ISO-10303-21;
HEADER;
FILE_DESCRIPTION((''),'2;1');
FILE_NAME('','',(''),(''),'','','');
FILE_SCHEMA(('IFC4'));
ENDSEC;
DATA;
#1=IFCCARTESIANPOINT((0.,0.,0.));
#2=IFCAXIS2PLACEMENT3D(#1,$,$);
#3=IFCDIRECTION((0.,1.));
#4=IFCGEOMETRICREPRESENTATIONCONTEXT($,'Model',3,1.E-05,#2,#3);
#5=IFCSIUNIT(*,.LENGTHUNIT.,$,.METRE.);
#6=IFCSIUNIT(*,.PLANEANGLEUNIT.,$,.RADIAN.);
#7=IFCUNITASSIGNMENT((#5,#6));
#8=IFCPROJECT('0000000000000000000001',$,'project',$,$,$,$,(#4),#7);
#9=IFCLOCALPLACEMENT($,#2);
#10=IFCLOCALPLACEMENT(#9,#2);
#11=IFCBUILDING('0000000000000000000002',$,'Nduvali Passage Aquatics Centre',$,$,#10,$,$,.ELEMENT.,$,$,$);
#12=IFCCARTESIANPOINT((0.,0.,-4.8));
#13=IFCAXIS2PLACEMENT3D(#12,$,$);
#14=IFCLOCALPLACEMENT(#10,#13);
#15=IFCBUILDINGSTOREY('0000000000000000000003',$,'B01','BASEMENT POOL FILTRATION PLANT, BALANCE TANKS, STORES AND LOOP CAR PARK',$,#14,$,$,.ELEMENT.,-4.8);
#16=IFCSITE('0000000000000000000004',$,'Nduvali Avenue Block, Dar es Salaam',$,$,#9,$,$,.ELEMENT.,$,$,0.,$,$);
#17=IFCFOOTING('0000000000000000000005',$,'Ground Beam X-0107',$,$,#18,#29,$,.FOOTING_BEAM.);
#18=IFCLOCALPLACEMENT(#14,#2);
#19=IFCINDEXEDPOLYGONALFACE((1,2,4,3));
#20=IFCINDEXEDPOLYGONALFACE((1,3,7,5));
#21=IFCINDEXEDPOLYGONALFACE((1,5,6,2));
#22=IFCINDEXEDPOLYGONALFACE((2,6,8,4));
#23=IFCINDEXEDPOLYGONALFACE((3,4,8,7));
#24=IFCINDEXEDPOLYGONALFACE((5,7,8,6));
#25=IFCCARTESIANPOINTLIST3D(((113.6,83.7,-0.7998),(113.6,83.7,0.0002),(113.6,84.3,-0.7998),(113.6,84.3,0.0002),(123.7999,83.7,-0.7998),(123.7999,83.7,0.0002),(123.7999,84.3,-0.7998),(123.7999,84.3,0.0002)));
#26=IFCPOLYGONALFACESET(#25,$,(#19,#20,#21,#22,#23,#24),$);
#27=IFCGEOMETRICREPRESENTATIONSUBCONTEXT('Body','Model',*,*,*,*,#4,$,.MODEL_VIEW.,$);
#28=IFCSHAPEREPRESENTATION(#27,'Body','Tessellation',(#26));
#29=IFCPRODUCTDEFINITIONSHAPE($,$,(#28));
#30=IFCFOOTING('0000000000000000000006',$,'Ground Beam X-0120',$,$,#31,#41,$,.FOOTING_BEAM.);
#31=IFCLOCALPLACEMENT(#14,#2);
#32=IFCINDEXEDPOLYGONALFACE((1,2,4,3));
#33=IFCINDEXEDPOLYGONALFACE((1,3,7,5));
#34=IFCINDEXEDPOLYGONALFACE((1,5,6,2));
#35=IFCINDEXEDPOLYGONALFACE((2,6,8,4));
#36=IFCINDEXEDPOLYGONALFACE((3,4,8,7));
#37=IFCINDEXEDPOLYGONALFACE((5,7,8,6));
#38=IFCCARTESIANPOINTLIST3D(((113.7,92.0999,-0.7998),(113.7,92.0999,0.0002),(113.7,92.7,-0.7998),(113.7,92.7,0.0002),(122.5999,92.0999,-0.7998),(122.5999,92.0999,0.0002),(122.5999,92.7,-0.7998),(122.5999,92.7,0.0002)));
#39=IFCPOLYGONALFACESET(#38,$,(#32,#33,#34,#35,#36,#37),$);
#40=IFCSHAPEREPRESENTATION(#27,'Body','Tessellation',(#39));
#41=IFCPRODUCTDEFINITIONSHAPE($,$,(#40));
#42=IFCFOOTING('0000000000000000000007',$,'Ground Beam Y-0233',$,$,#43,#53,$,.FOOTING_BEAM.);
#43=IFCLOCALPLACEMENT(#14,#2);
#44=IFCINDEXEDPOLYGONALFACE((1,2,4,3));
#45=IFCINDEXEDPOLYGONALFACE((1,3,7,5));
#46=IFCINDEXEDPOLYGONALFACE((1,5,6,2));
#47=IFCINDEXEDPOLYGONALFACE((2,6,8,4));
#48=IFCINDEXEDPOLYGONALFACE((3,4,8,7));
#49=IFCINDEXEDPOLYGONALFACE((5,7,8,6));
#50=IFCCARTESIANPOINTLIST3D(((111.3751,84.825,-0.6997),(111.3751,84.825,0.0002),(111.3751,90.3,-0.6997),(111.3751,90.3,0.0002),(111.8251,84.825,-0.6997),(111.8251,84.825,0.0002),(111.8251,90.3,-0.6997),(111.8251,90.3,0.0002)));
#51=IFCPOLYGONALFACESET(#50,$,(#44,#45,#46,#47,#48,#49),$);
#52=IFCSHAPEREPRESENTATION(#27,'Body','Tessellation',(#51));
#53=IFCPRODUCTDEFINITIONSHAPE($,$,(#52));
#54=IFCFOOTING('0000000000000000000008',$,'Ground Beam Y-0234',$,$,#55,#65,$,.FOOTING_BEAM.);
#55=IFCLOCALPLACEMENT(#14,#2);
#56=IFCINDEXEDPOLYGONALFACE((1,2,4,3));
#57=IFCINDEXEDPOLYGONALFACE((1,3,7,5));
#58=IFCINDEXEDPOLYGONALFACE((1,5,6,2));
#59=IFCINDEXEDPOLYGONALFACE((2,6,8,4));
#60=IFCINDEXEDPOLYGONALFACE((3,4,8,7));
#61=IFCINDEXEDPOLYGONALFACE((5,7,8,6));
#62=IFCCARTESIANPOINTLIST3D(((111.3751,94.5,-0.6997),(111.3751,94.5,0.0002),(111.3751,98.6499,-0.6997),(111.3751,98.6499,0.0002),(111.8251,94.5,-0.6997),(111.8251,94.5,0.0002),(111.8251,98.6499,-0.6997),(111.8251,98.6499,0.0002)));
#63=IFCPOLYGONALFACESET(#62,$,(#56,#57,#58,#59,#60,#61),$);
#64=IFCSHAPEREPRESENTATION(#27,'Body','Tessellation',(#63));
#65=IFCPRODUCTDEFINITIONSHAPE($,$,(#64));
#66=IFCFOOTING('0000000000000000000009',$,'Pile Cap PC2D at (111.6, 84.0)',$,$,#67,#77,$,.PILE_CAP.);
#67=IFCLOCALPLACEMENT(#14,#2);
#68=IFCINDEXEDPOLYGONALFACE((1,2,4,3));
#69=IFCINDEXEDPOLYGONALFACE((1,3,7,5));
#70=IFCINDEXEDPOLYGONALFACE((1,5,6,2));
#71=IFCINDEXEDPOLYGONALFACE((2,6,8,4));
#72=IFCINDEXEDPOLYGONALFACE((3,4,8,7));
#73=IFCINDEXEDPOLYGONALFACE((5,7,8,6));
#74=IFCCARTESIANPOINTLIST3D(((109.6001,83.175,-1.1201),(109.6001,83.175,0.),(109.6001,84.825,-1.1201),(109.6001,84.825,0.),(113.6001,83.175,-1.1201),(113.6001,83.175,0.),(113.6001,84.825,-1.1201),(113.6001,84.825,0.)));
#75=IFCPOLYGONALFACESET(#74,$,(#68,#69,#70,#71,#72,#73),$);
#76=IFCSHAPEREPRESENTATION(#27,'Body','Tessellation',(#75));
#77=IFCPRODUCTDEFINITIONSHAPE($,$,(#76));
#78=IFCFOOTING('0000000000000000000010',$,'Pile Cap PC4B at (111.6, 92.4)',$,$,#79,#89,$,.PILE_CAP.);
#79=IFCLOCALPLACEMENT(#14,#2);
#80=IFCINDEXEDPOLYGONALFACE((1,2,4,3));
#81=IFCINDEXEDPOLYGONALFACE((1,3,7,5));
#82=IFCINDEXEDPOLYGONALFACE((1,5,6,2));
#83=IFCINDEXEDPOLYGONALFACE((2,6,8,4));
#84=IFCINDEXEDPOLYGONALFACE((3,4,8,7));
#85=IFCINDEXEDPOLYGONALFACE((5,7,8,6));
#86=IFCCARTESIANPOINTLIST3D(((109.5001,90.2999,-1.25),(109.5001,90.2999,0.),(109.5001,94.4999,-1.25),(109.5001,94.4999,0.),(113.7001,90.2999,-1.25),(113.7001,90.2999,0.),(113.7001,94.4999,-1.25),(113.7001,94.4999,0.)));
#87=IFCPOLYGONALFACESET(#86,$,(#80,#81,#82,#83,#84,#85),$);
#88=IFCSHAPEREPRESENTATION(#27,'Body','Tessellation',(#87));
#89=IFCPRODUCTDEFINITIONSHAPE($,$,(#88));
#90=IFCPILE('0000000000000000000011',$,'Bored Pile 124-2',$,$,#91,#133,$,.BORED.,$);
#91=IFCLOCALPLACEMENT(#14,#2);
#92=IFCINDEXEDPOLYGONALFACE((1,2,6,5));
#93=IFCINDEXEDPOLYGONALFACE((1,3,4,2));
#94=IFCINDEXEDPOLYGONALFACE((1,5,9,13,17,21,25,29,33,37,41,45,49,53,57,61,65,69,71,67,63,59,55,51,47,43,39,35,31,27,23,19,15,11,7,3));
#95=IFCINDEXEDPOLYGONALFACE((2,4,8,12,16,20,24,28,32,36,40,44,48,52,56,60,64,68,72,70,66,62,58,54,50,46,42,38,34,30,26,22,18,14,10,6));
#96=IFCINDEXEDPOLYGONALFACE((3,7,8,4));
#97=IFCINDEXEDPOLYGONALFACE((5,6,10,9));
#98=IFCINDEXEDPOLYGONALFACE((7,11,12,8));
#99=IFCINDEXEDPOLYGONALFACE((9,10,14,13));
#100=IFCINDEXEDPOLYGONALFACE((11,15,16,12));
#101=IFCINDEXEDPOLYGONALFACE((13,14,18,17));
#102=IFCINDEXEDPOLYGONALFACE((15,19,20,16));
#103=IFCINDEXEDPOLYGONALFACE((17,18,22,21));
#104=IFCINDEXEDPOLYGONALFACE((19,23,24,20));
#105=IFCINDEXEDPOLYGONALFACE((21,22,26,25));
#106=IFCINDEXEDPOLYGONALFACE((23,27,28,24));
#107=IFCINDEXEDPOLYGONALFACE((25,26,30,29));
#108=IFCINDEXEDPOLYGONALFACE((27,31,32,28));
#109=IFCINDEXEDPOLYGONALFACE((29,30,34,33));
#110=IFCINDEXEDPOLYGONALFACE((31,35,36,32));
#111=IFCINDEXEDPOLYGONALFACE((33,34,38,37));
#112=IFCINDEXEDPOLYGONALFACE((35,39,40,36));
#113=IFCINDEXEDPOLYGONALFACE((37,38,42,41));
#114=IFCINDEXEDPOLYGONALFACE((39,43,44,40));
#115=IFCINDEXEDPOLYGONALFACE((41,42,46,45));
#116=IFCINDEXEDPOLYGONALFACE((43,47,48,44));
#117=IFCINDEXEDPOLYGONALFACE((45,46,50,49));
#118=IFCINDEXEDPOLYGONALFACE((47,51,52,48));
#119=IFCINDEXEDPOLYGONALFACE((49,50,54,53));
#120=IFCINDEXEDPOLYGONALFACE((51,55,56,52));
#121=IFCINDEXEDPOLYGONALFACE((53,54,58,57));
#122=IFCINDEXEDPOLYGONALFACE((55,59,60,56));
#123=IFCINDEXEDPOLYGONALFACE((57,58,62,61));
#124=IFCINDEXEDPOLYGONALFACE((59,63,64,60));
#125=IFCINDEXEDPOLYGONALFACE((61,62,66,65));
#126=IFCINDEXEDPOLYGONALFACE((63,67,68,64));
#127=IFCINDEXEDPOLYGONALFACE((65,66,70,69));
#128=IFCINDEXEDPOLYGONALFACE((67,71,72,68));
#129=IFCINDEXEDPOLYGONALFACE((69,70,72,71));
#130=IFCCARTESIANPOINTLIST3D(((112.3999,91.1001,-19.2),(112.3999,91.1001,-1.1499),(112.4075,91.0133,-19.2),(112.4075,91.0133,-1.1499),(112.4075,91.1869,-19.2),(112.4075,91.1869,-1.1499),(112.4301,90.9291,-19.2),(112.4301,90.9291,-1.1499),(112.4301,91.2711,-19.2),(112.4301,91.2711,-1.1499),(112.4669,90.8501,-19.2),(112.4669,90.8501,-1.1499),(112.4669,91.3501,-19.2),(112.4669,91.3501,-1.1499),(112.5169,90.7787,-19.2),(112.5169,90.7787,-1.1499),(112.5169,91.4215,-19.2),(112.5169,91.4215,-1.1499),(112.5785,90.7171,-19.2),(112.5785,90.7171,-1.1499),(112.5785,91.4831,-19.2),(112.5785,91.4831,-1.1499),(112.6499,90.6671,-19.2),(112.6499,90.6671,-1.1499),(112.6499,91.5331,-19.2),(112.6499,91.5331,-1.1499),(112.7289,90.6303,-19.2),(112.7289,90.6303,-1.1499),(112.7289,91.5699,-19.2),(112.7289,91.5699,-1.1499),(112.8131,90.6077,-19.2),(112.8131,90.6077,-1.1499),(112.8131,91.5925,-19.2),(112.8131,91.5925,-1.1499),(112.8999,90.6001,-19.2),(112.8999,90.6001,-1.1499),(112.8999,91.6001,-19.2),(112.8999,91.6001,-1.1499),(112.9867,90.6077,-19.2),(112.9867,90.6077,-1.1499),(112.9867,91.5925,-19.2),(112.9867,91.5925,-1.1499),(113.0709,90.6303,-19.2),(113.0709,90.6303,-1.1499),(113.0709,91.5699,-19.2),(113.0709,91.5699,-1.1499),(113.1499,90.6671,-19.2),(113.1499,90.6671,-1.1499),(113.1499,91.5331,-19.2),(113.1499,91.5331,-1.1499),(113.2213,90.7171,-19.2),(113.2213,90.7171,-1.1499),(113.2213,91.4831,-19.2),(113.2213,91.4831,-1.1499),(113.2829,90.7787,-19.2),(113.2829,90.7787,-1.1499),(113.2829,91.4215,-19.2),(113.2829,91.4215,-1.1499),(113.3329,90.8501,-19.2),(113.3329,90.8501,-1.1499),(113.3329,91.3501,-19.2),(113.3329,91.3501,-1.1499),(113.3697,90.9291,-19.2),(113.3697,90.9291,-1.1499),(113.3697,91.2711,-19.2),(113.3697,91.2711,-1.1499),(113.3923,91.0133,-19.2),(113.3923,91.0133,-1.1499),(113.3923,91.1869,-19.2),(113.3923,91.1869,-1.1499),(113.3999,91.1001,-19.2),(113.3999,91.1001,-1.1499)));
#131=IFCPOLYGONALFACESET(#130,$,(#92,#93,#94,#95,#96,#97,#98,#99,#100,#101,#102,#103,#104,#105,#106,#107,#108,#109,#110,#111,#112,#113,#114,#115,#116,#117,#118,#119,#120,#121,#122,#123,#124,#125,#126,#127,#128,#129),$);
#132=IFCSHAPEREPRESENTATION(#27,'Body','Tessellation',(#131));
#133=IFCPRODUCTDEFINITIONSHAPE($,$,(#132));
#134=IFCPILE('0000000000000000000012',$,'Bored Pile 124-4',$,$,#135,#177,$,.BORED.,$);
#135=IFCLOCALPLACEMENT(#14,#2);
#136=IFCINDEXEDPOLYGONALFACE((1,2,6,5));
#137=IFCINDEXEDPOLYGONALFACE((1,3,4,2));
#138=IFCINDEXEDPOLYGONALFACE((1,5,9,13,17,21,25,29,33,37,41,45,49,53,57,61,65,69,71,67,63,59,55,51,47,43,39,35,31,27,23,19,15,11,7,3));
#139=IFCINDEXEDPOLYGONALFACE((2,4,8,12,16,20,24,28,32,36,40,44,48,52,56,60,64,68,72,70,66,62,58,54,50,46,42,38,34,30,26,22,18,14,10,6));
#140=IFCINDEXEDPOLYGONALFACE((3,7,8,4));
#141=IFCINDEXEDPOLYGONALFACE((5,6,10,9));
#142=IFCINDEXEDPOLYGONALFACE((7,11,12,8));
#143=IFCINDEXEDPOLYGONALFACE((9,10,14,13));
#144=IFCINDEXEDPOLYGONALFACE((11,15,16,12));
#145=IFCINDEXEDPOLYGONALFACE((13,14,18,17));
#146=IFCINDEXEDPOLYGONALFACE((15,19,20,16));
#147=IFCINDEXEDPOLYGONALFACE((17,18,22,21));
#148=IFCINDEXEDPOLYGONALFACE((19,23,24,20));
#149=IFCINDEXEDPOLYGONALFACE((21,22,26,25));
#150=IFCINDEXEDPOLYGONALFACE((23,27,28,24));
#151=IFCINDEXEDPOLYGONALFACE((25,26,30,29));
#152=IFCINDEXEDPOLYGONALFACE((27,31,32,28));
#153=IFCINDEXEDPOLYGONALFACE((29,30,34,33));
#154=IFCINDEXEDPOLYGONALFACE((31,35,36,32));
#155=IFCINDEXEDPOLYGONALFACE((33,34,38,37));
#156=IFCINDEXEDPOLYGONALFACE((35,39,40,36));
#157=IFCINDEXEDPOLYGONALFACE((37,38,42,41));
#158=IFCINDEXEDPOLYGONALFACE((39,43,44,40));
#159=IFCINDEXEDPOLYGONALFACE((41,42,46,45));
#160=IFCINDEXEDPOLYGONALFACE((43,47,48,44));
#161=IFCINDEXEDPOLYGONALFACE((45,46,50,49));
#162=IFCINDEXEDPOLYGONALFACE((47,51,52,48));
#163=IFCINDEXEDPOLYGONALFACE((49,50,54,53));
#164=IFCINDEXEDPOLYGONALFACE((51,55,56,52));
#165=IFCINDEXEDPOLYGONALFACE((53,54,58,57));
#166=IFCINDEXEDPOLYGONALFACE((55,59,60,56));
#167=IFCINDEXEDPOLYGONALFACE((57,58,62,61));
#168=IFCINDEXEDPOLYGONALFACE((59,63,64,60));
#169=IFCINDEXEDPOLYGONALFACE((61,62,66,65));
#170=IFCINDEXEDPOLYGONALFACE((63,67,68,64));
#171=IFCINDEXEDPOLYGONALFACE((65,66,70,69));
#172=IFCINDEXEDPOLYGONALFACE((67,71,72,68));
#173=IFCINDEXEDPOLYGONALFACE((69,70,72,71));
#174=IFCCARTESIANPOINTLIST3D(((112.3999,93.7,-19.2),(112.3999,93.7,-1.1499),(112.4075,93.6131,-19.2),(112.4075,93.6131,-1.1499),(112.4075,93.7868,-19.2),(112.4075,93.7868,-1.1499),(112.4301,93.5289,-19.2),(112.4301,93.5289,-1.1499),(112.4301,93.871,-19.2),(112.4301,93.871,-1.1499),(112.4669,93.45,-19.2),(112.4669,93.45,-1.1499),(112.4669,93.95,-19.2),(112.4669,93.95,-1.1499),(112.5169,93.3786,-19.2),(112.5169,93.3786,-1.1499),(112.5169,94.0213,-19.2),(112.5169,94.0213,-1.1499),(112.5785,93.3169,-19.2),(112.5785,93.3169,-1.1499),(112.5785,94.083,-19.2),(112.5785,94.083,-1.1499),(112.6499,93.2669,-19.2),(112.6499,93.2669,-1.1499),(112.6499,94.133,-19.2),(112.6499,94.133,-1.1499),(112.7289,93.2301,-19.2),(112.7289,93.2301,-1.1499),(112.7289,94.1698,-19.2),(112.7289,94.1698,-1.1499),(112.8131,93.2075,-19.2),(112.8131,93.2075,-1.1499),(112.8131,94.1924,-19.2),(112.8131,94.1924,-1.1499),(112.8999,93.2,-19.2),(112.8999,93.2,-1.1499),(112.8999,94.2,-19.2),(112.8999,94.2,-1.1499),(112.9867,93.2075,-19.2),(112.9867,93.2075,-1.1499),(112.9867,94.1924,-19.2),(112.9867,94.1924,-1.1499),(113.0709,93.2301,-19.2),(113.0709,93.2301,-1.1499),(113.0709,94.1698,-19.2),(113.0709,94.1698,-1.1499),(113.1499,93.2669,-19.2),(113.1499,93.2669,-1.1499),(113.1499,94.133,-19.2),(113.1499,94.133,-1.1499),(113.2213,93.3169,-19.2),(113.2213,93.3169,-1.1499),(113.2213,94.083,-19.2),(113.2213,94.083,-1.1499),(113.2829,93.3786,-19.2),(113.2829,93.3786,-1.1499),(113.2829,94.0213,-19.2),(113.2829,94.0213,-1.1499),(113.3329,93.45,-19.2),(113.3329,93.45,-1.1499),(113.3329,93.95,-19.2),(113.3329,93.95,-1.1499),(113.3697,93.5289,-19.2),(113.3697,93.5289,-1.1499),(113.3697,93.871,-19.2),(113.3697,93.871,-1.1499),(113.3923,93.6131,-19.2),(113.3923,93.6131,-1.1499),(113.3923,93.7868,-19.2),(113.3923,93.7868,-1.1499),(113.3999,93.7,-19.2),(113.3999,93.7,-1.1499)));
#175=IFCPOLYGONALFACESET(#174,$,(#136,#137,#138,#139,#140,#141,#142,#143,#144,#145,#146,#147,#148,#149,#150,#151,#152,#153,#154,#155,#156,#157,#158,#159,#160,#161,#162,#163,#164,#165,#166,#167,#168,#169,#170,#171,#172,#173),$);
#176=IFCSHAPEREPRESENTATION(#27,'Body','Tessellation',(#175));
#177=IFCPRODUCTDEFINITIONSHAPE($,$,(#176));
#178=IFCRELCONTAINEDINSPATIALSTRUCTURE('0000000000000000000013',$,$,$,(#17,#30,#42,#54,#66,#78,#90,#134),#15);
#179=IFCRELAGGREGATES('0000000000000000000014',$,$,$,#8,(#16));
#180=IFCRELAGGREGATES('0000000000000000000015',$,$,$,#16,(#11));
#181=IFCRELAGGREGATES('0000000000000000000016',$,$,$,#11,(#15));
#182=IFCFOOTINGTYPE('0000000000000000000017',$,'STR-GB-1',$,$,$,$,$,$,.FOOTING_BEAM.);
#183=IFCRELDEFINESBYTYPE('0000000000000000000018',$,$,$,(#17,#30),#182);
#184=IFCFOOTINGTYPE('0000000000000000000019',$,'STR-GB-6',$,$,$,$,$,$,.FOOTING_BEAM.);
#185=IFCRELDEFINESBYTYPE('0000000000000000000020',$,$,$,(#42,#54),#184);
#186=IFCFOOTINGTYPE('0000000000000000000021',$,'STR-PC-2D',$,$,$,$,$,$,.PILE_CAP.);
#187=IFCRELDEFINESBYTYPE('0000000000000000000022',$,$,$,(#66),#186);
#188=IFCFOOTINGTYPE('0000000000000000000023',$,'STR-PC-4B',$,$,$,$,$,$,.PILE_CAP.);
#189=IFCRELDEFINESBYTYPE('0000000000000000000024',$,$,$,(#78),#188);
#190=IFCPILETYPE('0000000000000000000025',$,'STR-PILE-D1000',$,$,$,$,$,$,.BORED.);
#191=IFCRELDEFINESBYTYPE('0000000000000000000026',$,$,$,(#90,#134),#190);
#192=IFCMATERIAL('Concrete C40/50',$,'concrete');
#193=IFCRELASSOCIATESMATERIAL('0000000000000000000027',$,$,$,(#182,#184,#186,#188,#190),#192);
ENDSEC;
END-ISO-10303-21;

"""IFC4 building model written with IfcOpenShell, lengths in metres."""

from ifc_helpers import new_model, si_unit, direction, frame, origin, origin_2d, place, context, subcontext, project, spatial, rectangle, circle, extrude, material, material_profile, profile_set, type_object, element, save


model = new_model("IFC4")

# Units and contexts
model_context = context("Model", 3, precision=1e-05, world=origin(), true_north=direction((0.0, 1.0)))
body_context = subcontext(model_context, "Body", "Model", "MODEL_VIEW")
ifc_project = project(units=[si_unit("LENGTHUNIT", "METRE"), si_unit("PLANEANGLEUNIT", "RADIAN")], contexts=[model_context])

# Site, building, storey
site_placement = place(None, origin())
site = spatial("IfcSite", under=ifc_project, at=site_placement, Name="Nduvali Avenue Block, Dar es Salaam", CompositionType="ELEMENT", RefElevation=0.0)
building_placement = place(site_placement, origin())
building = spatial("IfcBuilding", under=site, at=building_placement, Name="Nduvali Passage Aquatics Centre", CompositionType="ELEMENT")
storey_placement = place(building_placement, frame((0.0, 0.0, -4.8)))
storey = spatial("IfcBuildingStorey", under=building, at=storey_placement, Name="B01", Description="BASEMENT POOL FILTRATION PLANT, BALANCE TANKS, STORES AND LOOP CAR PARK", CompositionType="ELEMENT", Elevation=-4.8)

# Footings
ifc_material_1 = material(Name="Concrete C40/50", Category="concrete")
footing_type_1 = type_object("IfcFootingType", Name="STR-GB-1", PredefinedType="FOOTING_BEAM", material=ifc_material_1)
footing_1_placement = place(storey_placement, frame((118.7, 84.0, -0.7998), z_axis=(0.0, 0.0, 1.0), x_axis=(1.0, 0.0, 0.0)))
element("IfcFooting", 1, at=footing_1_placement, inside=storey, type_object=footing_type_1, Name="Ground Beam X-0107", PredefinedType="FOOTING_BEAM", context=body_context, shape_type="SweptSolid", body=[
    extrude(rectangle(XDim=10.2, YDim=0.6001, at=origin_2d()), origin(), (0.0, 0.0, 1.0), 0.8),
])
footing_2_placement = place(storey_placement, frame((118.1499, 92.3999, -0.7998), z_axis=(0.0, 0.0, 1.0), x_axis=(1.0, 0.0, 0.0)))
element("IfcFooting", 2, at=footing_2_placement, inside=storey, type_object=footing_type_1, Name="Ground Beam X-0120", PredefinedType="FOOTING_BEAM", context=body_context, shape_type="SweptSolid", body=[
    extrude(rectangle(XDim=8.8999, YDim=0.6001, at=origin_2d()), origin(), (0.0, 0.0, 1.0), 0.8),
])
footing_type_2 = type_object("IfcFootingType", Name="STR-GB-6", PredefinedType="FOOTING_BEAM", material=ifc_material_1)
footing_3_placement = place(storey_placement, frame((111.6001, 87.5625, -0.6997), z_axis=(0.0, 0.0, 1.0), x_axis=(0.0, 1.0, 0.0)))
element("IfcFooting", 3, at=footing_3_placement, inside=storey, type_object=footing_type_2, Name="Ground Beam Y-0233", PredefinedType="FOOTING_BEAM", context=body_context, shape_type="SweptSolid", body=[
    extrude(rectangle(XDim=5.4751, YDim=0.45, at=origin_2d()), origin(), (0.0, 0.0, 1.0), 0.7),
])
footing_4_placement = place(storey_placement, frame((111.6001, 96.575, -0.6997), z_axis=(0.0, 0.0, 1.0), x_axis=(0.0, 1.0, 0.0)))
element("IfcFooting", 4, at=footing_4_placement, inside=storey, type_object=footing_type_2, Name="Ground Beam Y-0234", PredefinedType="FOOTING_BEAM", context=body_context, shape_type="SweptSolid", body=[
    extrude(rectangle(XDim=4.1499, YDim=0.45, at=origin_2d()), origin(), (0.0, 0.0, 1.0), 0.7),
])
footing_type_3 = type_object("IfcFootingType", Name="STR-PC-2D", PredefinedType="PILE_CAP", material=ifc_material_1)
footing_5_placement = place(storey_placement, frame((111.6001, 84.0, -1.1201), z_axis=(0.0, 0.0, 1.0), x_axis=(1.0, 0.0, 0.0)))
element("IfcFooting", 5, at=footing_5_placement, inside=storey, type_object=footing_type_3, Name="Pile Cap PC2D at (111.6, 84.0)", PredefinedType="PILE_CAP", context=body_context, shape_type="SweptSolid", body=[
    extrude(rectangle(XDim=4.0, YDim=1.6499, at=origin_2d()), origin(), (0.0, 0.0, 1.0), 1.1201),
])
footing_type_4 = type_object("IfcFootingType", Name="STR-PC-4B", PredefinedType="PILE_CAP", material=ifc_material_1)
footing_6_placement = place(storey_placement, frame((111.6001, 92.3999, -1.25), z_axis=(0.0, 0.0, 1.0), x_axis=(1.0, 0.0, 0.0)))
element("IfcFooting", 6, at=footing_6_placement, inside=storey, type_object=footing_type_4, Name="Pile Cap PC4B at (111.6, 92.4)", PredefinedType="PILE_CAP", context=body_context, shape_type="SweptSolid", body=[
    extrude(rectangle(XDim=4.2, YDim=4.2, at=origin_2d()), origin(), (0.0, 0.0, 1.0), 1.25),
])

# Piles
ifc_material_profile_1 = material_profile(ifc_material_1, circle(Radius=0.5, at=origin_2d()), Name="PILE D1000")
ifc_profile_set_1 = profile_set([ifc_material_profile_1], Name="Concrete C40/50")
pile_type_1 = type_object("IfcPileType", Name="STR-PILE-D1000", PredefinedType="BORED", material=ifc_profile_set_1)
for number, where, z_axis, x_axis, name in (
    (7, (112.8999, 91.1001, -1.1499), (0.0, 0.0, -1.0), (1.0, 0.0, 0.0), "Bored Pile 124-2"),
    (8, (112.8999, 93.7, -1.1499), (0.0, 0.0, -1.0), (1.0, 0.0, 0.0), "Bored Pile 124-4"),
):
    element("IfcPile", number, at=place(storey_placement, frame(where, z_axis=z_axis, x_axis=x_axis)), inside=storey, type_object=pile_type_1, Name=name, PredefinedType="BORED", context=body_context, shape_type="SweptSolid", body=[
        extrude(circle(Radius=0.5, at=origin_2d()), origin(), (0.0, 0.0, 1.0), 18.05),
    ])

save(model, "model.ifc")
